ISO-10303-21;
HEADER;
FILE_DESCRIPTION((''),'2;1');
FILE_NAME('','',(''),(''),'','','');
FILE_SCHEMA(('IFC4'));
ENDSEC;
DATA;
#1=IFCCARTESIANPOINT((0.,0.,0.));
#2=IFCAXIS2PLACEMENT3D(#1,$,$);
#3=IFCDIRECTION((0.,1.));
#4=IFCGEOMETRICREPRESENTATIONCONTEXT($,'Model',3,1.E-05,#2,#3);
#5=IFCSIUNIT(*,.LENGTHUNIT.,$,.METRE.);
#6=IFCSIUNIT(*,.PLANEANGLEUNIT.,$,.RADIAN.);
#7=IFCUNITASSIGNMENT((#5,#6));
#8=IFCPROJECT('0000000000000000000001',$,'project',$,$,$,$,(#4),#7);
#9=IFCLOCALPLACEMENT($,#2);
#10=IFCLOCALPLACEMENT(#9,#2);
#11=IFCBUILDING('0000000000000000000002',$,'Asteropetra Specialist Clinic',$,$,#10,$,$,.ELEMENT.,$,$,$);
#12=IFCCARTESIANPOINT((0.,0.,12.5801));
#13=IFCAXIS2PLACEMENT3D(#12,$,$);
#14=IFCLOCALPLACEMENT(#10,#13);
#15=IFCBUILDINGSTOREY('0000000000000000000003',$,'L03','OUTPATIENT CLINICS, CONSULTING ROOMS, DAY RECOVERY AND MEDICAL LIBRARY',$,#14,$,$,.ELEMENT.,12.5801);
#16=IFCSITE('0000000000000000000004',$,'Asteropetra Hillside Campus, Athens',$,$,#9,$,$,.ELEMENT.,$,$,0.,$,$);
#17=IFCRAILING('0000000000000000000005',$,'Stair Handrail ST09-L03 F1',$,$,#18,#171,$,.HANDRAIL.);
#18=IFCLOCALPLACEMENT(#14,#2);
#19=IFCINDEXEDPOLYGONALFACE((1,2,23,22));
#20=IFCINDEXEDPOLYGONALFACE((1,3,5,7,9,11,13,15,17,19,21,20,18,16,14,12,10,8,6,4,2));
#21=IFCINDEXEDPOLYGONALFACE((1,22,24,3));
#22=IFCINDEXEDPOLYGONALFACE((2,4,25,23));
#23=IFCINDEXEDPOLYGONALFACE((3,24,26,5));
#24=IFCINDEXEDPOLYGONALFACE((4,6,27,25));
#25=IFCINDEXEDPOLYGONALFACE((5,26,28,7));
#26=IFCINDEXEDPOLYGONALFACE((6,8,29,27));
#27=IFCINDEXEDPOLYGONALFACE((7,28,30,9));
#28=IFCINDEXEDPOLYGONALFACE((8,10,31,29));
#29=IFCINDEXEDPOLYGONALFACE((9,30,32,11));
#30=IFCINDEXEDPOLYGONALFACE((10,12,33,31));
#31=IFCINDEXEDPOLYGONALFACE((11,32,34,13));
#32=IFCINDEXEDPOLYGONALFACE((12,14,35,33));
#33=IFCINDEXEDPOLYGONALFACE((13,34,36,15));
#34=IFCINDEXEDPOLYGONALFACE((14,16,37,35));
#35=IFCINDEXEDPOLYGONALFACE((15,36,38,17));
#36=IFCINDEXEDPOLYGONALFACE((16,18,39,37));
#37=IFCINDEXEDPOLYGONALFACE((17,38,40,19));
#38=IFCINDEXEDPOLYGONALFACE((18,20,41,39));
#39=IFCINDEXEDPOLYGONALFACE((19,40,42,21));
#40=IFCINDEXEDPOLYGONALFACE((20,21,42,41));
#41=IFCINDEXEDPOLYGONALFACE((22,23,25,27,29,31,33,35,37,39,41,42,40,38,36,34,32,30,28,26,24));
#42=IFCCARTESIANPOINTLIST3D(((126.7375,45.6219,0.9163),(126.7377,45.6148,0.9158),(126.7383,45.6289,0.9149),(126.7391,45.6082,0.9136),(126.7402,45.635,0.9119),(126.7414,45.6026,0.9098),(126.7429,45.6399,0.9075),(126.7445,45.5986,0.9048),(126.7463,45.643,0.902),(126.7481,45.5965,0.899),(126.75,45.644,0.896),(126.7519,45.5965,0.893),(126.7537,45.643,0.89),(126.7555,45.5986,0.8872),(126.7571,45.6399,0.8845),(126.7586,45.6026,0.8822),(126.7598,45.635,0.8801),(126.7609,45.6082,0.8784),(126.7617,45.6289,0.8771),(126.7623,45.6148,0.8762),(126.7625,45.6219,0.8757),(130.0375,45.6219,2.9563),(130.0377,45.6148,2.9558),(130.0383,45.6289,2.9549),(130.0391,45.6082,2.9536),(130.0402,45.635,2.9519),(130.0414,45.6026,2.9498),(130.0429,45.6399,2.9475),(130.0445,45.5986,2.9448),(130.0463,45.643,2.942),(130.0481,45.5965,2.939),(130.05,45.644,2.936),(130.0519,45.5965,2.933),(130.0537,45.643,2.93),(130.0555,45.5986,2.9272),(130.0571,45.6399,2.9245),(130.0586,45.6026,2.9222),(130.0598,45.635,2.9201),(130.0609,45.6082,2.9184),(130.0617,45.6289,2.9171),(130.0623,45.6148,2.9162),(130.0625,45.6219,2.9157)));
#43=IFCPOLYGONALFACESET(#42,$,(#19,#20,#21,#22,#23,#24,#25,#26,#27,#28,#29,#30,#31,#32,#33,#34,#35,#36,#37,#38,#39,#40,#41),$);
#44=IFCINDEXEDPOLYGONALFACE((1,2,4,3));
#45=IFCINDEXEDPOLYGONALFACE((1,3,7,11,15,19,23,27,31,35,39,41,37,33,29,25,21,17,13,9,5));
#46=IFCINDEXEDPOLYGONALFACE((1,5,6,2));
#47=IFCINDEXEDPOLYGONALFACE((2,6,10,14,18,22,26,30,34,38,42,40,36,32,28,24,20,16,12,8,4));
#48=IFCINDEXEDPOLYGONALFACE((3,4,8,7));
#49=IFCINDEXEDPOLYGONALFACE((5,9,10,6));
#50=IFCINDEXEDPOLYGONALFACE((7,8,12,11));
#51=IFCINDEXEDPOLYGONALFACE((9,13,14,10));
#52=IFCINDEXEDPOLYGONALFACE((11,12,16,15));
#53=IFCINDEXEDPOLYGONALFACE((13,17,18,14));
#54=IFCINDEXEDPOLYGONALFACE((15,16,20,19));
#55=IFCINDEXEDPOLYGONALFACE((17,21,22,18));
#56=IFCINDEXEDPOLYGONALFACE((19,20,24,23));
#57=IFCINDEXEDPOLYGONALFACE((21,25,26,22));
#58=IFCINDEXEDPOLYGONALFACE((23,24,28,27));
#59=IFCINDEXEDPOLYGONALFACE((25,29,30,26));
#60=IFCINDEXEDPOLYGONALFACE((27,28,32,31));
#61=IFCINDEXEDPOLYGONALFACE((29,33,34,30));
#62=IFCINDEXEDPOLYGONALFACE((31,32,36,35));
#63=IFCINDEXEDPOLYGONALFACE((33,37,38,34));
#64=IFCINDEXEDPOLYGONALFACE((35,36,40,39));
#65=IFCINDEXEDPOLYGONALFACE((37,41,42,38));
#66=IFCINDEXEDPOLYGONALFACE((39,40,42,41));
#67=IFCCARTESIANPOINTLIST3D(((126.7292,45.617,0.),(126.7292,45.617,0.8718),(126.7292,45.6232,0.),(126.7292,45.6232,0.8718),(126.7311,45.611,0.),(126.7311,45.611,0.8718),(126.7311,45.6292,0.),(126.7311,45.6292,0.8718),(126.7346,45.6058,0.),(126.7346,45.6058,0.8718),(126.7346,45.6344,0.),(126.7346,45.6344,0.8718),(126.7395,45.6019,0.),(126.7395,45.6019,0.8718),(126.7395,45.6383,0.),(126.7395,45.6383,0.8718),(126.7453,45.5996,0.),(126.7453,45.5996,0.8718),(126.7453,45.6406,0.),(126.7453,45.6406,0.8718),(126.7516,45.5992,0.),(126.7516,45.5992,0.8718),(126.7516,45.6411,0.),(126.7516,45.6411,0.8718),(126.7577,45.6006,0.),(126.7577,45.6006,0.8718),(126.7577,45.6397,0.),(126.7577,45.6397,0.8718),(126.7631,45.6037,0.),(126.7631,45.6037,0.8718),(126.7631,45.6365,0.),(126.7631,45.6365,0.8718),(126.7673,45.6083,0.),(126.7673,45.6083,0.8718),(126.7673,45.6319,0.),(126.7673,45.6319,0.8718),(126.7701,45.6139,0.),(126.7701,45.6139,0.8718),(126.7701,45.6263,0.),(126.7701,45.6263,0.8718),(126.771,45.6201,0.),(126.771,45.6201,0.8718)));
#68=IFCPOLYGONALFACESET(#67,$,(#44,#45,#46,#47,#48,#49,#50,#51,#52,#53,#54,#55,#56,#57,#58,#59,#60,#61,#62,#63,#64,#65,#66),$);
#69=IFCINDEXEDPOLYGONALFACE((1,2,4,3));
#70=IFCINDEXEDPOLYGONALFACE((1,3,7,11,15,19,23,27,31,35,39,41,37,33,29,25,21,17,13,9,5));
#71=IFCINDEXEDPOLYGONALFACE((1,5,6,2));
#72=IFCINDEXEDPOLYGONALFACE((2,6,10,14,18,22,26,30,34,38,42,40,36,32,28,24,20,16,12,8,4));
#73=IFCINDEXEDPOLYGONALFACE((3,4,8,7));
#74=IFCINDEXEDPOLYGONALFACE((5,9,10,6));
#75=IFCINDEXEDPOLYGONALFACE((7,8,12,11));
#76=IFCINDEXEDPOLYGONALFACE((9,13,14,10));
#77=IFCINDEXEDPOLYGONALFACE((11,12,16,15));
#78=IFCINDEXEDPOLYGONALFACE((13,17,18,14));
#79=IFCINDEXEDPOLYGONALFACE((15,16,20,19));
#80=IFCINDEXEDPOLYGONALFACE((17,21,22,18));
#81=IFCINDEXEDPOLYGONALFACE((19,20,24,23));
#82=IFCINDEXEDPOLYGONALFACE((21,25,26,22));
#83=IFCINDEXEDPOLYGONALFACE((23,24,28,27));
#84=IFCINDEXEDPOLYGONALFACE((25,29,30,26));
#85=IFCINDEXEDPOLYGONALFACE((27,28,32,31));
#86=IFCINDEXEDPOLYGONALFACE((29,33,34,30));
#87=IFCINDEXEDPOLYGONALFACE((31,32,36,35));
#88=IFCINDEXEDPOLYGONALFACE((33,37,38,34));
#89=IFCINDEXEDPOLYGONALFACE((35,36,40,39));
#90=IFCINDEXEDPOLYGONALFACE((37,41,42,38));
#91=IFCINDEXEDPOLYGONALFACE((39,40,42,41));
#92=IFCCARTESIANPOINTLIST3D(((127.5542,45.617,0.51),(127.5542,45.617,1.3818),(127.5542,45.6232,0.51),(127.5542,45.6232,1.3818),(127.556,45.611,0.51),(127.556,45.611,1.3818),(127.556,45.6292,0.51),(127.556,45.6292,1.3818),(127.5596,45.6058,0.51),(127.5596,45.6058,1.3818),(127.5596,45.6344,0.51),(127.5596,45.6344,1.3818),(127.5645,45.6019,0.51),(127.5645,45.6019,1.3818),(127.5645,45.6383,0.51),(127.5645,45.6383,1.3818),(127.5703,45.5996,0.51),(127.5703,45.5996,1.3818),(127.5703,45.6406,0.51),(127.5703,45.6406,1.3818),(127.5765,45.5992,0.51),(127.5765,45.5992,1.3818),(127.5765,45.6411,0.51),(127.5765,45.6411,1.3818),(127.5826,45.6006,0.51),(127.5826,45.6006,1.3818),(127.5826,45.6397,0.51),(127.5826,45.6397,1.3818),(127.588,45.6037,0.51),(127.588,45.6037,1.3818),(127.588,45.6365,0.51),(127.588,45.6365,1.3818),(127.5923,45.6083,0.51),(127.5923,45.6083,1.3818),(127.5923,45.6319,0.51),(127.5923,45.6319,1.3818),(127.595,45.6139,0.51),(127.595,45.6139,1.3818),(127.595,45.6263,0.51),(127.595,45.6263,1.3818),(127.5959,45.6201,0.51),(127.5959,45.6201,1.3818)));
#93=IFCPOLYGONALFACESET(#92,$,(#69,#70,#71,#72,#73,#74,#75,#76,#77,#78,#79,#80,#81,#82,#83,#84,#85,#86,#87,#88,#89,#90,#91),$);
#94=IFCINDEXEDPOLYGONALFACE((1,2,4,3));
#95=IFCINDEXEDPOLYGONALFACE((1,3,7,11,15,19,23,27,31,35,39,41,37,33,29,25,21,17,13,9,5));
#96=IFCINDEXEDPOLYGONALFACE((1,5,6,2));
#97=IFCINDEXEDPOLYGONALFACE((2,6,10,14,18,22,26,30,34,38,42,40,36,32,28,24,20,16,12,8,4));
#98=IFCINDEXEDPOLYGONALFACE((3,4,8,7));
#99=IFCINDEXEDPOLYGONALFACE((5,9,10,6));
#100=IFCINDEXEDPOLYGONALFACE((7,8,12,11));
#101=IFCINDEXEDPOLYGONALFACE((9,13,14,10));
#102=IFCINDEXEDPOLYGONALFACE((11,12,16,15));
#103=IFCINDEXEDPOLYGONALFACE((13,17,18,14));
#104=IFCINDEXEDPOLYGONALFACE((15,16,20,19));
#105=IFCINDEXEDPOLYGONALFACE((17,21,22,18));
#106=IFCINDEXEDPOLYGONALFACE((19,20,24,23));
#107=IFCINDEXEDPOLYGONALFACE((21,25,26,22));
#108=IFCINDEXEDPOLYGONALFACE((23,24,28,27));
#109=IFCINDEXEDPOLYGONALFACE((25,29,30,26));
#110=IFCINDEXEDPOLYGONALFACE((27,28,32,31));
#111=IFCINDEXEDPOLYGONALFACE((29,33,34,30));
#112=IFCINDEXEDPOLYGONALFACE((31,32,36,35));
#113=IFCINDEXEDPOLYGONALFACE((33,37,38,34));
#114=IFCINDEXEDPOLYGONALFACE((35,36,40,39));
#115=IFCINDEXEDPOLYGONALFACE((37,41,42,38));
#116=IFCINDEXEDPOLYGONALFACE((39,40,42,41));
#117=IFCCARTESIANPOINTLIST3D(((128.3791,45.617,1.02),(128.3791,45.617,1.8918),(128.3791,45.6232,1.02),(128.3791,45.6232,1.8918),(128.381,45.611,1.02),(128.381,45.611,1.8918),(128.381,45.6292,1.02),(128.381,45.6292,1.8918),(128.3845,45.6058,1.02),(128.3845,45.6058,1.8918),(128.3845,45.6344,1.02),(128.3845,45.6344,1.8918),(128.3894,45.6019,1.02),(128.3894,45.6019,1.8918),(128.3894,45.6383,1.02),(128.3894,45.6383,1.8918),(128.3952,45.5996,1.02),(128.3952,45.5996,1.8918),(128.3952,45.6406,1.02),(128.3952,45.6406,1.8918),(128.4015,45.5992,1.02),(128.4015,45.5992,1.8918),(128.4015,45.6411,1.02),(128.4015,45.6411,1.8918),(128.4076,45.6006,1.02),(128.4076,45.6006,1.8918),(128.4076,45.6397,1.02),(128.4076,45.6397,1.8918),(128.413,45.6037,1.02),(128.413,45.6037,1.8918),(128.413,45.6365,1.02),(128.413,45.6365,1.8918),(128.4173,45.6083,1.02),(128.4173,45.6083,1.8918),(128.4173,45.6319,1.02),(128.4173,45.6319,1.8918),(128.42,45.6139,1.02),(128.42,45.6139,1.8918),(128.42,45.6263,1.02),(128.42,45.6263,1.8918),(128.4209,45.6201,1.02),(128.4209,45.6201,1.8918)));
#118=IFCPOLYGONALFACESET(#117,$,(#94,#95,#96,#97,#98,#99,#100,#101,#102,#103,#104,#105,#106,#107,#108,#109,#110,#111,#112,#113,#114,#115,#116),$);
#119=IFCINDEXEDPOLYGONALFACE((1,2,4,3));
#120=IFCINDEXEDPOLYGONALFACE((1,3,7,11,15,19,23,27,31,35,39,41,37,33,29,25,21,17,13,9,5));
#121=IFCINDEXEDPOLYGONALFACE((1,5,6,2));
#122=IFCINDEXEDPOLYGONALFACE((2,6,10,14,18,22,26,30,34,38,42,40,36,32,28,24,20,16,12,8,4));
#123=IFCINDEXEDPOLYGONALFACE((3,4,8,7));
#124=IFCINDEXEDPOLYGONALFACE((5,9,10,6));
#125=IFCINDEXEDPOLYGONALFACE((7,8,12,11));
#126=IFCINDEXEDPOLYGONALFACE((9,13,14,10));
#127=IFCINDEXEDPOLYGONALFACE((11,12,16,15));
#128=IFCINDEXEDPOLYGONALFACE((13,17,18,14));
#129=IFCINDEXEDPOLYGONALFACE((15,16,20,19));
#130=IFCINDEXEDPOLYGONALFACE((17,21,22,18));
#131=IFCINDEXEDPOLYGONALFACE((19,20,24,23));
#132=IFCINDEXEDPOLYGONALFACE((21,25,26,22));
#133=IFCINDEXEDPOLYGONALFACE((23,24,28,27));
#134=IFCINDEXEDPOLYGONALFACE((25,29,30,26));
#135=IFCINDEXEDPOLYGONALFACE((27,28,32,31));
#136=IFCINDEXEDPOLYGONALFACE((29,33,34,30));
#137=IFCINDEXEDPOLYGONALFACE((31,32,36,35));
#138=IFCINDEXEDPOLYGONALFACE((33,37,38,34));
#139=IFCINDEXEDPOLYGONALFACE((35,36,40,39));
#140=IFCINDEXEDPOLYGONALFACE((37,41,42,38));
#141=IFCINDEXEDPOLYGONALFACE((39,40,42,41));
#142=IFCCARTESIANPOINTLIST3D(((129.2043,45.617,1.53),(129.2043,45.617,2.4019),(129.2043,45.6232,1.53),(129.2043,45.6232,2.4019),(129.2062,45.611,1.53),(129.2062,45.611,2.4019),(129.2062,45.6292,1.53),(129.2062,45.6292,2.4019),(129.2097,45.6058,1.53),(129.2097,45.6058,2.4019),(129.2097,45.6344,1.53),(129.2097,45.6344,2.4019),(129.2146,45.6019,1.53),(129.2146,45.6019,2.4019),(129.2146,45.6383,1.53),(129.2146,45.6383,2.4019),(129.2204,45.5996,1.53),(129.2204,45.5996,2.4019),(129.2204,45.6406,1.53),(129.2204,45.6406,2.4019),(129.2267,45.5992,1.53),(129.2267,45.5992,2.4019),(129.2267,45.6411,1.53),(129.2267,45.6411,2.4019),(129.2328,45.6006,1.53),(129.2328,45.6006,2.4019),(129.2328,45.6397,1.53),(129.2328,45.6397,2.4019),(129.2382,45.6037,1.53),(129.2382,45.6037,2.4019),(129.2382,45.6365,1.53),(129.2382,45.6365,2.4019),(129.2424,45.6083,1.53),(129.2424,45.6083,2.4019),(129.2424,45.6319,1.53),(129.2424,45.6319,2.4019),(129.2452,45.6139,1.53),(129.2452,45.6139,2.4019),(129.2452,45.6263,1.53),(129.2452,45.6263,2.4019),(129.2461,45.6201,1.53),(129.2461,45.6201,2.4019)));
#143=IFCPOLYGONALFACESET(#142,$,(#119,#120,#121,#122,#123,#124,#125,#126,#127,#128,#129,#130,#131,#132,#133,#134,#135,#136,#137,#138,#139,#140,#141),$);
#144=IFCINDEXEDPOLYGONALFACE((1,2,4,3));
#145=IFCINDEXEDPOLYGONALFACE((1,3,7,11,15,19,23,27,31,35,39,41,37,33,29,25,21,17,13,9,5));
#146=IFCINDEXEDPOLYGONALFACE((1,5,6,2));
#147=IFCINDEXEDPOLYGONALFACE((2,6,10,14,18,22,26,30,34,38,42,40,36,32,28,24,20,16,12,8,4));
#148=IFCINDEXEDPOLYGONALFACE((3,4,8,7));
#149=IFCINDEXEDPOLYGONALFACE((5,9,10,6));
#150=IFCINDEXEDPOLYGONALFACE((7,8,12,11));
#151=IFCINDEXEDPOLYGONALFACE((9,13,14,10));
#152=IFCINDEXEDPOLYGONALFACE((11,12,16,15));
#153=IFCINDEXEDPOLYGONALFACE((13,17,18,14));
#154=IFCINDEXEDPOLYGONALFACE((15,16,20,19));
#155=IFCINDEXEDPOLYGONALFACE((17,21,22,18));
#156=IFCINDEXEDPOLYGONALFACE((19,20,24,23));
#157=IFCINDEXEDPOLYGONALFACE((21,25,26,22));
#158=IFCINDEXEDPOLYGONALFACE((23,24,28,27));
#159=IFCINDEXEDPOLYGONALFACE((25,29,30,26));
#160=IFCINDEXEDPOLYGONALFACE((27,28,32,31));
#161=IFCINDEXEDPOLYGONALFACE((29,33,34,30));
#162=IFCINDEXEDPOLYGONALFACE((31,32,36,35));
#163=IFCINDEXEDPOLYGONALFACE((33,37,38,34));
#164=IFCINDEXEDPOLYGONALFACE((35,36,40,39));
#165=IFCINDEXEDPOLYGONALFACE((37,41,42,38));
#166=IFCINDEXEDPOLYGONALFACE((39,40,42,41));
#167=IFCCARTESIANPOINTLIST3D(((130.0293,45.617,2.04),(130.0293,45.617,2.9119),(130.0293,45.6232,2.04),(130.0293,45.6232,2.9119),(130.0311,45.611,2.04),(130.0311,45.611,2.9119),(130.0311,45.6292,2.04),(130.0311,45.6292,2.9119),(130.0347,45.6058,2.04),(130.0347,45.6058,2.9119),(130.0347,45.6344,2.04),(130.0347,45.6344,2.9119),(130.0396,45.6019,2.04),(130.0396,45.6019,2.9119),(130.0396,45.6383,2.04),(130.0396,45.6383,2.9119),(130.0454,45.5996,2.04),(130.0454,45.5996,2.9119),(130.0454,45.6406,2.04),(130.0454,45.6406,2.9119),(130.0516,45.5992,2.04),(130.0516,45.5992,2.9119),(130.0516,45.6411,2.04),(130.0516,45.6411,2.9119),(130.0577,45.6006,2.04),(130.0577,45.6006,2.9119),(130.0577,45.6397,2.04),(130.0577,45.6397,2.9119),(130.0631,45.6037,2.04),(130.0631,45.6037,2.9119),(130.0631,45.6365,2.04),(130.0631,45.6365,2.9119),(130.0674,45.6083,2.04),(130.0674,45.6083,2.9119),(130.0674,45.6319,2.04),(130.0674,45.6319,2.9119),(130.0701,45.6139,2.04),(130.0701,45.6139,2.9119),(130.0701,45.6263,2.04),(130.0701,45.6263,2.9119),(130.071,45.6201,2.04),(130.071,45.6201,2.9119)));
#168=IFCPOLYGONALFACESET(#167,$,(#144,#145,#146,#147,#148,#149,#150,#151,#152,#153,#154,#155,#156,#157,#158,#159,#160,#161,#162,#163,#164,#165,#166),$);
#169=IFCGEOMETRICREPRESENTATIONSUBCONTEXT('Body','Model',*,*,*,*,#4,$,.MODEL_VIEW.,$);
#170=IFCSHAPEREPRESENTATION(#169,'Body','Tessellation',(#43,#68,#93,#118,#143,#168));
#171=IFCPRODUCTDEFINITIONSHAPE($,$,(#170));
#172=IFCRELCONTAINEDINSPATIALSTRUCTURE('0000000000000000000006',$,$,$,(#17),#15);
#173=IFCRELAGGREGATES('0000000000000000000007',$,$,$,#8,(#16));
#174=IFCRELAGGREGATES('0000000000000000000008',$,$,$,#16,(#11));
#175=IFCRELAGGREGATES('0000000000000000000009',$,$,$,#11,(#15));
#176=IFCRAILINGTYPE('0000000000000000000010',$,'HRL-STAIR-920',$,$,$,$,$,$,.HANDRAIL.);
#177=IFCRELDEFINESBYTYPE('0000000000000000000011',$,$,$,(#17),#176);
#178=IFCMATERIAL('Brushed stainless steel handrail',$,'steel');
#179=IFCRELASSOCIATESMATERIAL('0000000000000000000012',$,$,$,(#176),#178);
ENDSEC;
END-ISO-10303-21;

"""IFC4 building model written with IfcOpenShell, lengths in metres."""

from ifc_helpers import new_model, si_unit, direction, frame, origin, origin_2d, place, context, subcontext, project, spatial, circle, extrude, material, type_object, element, save


model = new_model("IFC4")

# Units and contexts
model_context = context("Model", 3, precision=1e-05, world=origin(), true_north=direction((0.0, 1.0)))
body_context = subcontext(model_context, "Body", "Model", "MODEL_VIEW")
ifc_project = project(units=[si_unit("LENGTHUNIT", "METRE"), si_unit("PLANEANGLEUNIT", "RADIAN")], contexts=[model_context])

# Site, building, storey
site_placement = place(None, origin())
site = spatial("IfcSite", under=ifc_project, at=site_placement, Name="Asteropetra Hillside Campus, Athens", CompositionType="ELEMENT", RefElevation=0.0)
building_placement = place(site_placement, origin())
building = spatial("IfcBuilding", under=site, at=building_placement, Name="Asteropetra Specialist Clinic", CompositionType="ELEMENT")
storey_placement = place(building_placement, frame((0.0, 0.0, 12.5801)))
storey = spatial("IfcBuildingStorey", under=building, at=storey_placement, Name="L03", Description="OUTPATIENT CLINICS, CONSULTING ROOMS, DAY RECOVERY AND MEDICAL LIBRARY", CompositionType="ELEMENT", Elevation=12.5801)

# Railing
ifc_material_1 = material(Name="Brushed stainless steel handrail", Category="steel")
railing_type_1 = type_object("IfcRailingType", Name="HRL-STAIR-920", PredefinedType="HANDRAIL", material=ifc_material_1)
railing_1_placement = place(storey_placement, frame((126.75, 45.6201, 0.0)))
element("IfcRailing", 1, at=railing_1_placement, inside=storey, type_object=railing_type_1, Name="Stair Handrail ST09-L03 F1", PredefinedType="HANDRAIL", context=body_context, shape_type="SweptSolid", body=[
    extrude(circle(Radius=0.0239, at=origin_2d()), frame((0.0, 0.0, 0.896), z_axis=(0.850594, 0.0, 0.525824), x_axis=(0.0, 1.0, 0.0)), (0.0, 0.0, 1.0), 3.8796),
    extrude(circle(Radius=0.021, at=origin_2d()), origin(), (0.0, 0.0, 1.0), 0.8718),
    extrude(circle(Radius=0.021, at=origin_2d()), frame((0.825, 0.0, 0.51)), (0.0, 0.0, 1.0), 0.8718),
    extrude(circle(Radius=0.021, at=origin_2d()), frame((1.6499, 0.0, 1.02)), (0.0, 0.0, 1.0), 0.8718),
    extrude(circle(Radius=0.021, at=origin_2d()), frame((2.4751, 0.0, 1.53)), (0.0, 0.0, 1.0), 0.8718),
    extrude(circle(Radius=0.021, at=origin_2d()), frame((3.3, 0.0, 2.04)), (0.0, 0.0, 1.0), 0.8718),
])

save(model, "model.ifc")
